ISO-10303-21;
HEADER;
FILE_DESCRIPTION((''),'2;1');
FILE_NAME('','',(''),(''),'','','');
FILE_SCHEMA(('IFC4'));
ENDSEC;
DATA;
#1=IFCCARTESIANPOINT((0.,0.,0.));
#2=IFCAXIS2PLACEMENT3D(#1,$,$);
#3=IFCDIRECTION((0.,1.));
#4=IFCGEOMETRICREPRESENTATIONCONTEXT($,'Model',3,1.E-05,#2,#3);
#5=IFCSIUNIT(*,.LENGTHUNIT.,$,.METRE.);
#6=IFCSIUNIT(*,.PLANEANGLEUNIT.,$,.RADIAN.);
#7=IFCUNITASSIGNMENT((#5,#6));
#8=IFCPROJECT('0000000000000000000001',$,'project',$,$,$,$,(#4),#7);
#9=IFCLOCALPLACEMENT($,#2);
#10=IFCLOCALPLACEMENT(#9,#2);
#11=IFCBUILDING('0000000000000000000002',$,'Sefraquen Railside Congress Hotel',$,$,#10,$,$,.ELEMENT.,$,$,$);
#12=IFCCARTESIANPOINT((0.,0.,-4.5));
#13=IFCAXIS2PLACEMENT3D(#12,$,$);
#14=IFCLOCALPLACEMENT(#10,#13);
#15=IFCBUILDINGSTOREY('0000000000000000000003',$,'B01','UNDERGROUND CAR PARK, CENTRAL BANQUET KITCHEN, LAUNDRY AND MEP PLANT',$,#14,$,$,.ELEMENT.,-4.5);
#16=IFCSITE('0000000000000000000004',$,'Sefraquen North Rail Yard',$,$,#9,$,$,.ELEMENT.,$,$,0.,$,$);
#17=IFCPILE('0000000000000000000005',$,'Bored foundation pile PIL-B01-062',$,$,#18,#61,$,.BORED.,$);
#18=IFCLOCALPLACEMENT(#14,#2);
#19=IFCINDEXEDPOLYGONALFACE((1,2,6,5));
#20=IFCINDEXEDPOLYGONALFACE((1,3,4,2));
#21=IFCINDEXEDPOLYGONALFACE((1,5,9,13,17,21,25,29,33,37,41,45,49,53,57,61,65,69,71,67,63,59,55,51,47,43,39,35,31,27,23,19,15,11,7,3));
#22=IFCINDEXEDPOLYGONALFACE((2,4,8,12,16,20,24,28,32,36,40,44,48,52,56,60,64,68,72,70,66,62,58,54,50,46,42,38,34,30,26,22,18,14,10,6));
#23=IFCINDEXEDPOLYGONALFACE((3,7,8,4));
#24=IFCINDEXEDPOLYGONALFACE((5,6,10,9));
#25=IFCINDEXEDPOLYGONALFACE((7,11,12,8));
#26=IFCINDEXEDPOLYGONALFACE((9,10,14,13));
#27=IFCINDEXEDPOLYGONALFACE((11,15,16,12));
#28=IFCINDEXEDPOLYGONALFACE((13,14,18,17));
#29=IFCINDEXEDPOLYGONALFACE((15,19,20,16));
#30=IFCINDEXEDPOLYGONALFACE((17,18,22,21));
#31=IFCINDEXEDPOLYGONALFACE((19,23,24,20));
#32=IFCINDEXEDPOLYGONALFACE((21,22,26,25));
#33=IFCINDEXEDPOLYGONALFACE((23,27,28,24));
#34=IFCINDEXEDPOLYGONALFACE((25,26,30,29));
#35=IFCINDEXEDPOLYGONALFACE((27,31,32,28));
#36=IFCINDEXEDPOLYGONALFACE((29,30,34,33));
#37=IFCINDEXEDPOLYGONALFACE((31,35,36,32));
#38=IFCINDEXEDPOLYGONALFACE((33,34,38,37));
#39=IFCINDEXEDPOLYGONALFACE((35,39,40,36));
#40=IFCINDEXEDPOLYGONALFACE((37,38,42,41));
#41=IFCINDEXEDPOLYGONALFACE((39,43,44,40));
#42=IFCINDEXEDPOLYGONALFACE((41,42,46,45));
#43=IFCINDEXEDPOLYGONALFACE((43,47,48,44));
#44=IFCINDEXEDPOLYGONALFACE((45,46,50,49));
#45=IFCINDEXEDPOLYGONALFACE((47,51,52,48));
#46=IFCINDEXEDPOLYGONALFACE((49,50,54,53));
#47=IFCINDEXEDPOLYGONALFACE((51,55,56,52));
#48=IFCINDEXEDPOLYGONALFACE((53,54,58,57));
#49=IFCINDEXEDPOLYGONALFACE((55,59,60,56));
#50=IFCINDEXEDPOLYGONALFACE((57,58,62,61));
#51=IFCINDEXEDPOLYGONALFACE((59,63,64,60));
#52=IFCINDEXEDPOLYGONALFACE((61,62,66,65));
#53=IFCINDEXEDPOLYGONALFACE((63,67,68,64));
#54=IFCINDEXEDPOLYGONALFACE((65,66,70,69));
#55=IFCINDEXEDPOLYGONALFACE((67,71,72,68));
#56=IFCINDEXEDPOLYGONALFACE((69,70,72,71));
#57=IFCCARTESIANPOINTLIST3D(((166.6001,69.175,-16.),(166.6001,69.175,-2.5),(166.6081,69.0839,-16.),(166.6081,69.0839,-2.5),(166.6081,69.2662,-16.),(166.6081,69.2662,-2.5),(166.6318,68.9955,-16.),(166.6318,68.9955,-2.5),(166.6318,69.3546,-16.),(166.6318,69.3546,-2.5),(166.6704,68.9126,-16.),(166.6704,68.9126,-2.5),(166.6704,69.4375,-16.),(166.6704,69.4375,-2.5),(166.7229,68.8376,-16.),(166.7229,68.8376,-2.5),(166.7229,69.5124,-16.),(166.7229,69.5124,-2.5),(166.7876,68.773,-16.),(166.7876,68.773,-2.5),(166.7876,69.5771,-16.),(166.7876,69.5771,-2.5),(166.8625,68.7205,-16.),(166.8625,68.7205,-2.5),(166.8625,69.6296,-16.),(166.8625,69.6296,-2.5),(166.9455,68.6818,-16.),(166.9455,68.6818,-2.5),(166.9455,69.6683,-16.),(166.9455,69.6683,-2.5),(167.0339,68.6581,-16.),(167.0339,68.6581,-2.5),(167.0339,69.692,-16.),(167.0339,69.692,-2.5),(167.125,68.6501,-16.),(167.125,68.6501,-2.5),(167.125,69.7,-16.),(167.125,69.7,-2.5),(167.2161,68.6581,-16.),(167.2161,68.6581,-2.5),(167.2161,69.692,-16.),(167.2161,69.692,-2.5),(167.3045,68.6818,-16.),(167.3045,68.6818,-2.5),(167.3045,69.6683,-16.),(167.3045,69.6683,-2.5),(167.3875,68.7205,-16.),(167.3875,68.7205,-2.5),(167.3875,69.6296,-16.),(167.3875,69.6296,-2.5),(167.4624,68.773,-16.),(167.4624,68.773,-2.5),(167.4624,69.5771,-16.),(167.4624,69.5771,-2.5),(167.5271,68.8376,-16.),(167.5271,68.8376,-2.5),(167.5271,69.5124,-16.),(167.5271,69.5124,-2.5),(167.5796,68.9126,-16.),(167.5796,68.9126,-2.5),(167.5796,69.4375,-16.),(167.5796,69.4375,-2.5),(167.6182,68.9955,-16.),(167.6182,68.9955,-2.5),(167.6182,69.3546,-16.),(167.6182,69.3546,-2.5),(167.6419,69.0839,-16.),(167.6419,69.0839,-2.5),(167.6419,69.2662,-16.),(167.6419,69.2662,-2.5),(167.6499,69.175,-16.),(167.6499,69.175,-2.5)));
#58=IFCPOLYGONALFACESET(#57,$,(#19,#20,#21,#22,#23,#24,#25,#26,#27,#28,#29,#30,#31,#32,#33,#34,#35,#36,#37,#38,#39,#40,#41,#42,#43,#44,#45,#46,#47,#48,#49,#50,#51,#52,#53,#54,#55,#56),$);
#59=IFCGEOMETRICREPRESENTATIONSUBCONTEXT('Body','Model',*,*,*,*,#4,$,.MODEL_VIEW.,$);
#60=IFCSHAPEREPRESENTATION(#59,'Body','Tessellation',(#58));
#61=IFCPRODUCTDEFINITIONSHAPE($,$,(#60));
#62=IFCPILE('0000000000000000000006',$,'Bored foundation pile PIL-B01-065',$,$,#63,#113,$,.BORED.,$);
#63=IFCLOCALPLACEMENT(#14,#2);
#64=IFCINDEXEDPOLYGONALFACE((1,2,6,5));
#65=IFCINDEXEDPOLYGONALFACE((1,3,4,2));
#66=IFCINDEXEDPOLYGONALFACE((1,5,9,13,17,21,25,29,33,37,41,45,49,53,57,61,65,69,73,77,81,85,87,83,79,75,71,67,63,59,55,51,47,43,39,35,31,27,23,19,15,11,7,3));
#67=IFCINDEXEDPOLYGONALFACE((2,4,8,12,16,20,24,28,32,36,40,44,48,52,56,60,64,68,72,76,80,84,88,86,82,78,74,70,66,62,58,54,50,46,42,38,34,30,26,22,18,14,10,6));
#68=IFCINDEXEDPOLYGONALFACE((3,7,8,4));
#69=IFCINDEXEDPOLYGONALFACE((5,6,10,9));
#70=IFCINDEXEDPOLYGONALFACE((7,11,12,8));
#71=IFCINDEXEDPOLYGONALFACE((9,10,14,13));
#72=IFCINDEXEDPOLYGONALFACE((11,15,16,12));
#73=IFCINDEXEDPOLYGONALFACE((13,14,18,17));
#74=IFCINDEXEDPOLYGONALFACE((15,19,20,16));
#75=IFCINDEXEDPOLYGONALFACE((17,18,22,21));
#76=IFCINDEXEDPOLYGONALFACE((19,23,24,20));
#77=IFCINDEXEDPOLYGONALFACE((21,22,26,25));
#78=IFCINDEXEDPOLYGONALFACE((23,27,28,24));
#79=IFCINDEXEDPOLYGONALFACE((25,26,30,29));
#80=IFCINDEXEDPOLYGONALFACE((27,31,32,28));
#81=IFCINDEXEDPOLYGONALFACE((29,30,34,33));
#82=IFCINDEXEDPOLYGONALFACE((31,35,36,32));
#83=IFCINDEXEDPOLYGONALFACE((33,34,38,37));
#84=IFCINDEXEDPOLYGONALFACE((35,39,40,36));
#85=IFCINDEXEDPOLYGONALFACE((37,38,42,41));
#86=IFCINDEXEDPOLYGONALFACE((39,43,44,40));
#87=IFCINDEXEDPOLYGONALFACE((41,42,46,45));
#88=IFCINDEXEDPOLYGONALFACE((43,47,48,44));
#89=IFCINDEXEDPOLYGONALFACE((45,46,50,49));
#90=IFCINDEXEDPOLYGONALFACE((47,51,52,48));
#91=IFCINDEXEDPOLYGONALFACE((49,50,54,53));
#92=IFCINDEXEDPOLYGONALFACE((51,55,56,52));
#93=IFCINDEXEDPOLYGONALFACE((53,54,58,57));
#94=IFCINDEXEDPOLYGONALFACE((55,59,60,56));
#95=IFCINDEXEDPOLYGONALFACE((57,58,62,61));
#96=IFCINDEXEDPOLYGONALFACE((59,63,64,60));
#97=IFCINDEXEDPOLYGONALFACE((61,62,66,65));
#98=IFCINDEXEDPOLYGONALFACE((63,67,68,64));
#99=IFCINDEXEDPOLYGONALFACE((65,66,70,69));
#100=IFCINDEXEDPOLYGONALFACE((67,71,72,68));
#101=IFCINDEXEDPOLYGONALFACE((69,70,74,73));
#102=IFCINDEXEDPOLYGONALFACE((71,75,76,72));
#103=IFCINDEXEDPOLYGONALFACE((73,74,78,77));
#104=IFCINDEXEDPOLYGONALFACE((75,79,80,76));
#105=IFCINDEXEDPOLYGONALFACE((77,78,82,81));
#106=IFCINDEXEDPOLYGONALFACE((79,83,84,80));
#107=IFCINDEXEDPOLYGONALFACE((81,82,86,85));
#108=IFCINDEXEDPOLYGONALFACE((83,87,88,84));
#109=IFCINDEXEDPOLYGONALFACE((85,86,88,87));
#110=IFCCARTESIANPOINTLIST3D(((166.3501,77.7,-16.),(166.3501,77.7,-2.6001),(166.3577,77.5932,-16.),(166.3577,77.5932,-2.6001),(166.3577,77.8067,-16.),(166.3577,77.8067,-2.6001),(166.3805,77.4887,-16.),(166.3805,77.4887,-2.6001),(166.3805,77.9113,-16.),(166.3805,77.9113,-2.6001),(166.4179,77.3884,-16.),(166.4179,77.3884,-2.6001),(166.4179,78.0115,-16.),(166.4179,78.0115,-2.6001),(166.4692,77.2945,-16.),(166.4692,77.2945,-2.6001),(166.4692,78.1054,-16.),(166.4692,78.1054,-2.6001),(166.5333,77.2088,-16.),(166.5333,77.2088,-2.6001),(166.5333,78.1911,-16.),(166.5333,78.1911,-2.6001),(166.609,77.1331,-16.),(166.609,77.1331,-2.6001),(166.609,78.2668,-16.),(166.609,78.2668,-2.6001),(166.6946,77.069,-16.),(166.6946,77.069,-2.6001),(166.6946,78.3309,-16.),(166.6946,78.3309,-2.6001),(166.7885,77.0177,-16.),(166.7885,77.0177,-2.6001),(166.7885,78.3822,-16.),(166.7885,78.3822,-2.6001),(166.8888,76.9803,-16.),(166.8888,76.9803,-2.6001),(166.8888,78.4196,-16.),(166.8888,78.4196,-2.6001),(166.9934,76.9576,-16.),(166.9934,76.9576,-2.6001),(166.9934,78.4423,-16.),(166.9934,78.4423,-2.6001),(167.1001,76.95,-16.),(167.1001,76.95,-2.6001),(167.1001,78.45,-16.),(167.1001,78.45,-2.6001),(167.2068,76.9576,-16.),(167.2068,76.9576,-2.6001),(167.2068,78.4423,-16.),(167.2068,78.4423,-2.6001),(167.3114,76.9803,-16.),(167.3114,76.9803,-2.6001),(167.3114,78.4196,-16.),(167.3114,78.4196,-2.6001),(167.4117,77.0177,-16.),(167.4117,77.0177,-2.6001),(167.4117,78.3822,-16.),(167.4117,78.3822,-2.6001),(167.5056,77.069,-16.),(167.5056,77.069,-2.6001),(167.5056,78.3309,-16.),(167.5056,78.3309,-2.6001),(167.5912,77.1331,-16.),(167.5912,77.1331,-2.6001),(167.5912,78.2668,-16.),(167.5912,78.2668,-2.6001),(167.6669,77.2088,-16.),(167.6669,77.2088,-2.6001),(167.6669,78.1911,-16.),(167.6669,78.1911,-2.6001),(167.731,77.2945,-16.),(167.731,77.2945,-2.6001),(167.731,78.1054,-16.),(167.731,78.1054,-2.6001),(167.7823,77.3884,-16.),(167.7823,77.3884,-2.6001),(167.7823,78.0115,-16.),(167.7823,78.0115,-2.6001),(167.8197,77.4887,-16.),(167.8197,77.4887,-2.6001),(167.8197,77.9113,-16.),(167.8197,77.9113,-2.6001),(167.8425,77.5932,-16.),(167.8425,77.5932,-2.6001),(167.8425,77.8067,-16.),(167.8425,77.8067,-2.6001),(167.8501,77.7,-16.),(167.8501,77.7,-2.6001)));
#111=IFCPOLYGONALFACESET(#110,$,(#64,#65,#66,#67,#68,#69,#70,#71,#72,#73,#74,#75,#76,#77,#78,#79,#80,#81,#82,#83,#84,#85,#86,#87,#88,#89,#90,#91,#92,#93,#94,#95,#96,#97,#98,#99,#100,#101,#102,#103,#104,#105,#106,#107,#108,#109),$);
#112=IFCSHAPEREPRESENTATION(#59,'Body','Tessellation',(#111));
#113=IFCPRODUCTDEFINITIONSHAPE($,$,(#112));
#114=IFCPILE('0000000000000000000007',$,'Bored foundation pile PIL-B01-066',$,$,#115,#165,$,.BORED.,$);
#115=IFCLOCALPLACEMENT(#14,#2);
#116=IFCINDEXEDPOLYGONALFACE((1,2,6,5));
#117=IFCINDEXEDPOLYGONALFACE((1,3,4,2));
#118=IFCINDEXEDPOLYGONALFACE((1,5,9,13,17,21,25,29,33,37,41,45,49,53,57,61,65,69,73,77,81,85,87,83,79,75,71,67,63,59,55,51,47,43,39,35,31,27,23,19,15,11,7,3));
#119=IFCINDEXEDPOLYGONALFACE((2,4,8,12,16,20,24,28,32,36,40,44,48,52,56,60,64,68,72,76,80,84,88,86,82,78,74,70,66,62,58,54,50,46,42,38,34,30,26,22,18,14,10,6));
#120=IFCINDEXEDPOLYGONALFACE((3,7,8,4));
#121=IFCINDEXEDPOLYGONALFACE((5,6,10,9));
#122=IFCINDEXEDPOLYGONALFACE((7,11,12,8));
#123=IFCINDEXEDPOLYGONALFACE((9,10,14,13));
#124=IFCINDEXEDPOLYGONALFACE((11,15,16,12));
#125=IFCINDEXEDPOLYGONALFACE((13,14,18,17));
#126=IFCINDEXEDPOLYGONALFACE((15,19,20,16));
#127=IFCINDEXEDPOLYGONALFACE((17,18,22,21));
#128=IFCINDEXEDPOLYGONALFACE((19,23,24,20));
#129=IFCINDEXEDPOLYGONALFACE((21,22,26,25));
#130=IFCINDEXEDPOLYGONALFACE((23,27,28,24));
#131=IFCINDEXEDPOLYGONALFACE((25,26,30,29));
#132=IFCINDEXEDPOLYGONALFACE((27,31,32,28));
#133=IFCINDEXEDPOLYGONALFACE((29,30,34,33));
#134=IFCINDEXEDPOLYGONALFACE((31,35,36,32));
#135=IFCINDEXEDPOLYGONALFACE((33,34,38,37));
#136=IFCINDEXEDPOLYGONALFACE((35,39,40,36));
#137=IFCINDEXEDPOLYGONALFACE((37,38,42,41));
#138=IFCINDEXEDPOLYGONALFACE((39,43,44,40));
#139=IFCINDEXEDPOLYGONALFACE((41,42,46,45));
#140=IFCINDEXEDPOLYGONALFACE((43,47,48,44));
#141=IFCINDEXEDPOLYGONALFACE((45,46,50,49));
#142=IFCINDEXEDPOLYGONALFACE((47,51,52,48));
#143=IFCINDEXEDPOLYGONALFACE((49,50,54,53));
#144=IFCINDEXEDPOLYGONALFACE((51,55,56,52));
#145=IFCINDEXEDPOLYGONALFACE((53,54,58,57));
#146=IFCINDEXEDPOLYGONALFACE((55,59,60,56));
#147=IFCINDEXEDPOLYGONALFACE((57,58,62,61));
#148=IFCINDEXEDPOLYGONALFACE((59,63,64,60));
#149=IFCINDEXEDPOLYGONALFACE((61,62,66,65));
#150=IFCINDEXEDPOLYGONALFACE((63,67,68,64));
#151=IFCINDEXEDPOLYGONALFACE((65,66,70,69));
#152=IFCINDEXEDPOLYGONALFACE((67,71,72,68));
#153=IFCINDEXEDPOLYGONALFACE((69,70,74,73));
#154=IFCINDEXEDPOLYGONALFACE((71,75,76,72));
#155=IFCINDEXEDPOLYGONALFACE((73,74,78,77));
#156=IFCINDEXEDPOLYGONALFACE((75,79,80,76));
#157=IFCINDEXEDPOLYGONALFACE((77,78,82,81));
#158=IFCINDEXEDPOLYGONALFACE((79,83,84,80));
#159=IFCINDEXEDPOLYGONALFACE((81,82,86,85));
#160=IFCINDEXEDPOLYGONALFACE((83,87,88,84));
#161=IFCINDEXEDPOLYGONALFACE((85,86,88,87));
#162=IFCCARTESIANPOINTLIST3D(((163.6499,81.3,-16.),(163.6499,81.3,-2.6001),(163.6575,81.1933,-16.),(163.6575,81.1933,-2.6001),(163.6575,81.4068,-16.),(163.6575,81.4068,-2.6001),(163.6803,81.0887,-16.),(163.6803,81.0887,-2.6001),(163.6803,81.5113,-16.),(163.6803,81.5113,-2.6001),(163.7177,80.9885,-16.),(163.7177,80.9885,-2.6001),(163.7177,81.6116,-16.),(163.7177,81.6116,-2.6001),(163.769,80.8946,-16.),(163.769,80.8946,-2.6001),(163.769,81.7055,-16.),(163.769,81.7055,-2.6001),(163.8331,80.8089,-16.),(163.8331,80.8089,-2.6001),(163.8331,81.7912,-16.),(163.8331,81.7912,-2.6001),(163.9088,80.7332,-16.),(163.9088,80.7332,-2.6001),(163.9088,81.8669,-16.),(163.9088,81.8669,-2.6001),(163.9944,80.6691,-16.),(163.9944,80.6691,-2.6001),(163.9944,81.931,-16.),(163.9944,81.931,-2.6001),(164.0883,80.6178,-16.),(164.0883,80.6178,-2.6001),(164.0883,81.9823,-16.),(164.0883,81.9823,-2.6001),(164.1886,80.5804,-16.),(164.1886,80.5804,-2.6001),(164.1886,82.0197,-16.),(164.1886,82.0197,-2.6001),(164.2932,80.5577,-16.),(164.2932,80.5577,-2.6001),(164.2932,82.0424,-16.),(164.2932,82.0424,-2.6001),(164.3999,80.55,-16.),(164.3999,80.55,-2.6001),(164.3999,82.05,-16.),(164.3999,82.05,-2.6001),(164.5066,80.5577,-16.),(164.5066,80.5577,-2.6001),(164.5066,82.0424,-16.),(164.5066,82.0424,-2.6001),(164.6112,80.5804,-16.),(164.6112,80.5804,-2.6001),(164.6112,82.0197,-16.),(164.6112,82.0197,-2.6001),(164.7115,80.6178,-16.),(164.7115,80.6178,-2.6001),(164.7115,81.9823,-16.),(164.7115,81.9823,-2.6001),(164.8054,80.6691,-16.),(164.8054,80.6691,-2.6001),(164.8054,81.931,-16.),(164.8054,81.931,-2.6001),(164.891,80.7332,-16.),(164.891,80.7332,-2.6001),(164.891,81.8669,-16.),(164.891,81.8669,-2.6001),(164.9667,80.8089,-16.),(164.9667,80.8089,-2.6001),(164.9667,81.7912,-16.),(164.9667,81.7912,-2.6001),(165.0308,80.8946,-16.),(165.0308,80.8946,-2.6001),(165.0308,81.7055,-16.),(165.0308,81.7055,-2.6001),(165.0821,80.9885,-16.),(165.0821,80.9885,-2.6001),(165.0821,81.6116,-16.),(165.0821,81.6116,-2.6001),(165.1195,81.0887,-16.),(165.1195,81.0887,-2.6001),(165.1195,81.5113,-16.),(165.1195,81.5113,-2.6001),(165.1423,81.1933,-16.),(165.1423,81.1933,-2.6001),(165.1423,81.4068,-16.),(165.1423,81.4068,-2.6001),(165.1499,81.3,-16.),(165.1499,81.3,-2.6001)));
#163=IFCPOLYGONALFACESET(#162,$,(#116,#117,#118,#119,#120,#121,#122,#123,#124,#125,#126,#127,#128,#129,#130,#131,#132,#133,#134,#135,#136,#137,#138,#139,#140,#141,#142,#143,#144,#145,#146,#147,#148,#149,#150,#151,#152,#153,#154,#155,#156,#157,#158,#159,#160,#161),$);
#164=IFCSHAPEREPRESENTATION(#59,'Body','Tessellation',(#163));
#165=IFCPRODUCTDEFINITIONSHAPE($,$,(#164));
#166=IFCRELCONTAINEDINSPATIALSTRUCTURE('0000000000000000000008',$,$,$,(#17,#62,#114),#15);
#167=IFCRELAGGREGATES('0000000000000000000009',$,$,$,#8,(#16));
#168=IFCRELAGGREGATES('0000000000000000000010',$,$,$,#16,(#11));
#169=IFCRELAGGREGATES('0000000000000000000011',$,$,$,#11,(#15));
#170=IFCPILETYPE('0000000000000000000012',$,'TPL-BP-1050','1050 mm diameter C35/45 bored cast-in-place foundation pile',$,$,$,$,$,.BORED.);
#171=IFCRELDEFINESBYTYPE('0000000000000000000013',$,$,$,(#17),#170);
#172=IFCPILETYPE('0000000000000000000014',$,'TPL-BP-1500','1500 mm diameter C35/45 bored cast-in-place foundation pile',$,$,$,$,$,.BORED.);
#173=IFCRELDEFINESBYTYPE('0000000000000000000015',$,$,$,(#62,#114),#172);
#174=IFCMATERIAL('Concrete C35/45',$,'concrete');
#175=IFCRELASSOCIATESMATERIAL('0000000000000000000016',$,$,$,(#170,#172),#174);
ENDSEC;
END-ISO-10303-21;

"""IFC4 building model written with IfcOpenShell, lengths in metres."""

from ifc_helpers import new_model, si_unit, direction, frame, origin, origin_2d, place, context, subcontext, project, spatial, circle, extrude, material, material_profile, profile_set, type_object, element, save


model = new_model("IFC4")

# Units and contexts
model_context = context("Model", 3, precision=1e-05, world=origin(), true_north=direction((0.0, 1.0)))
body_context = subcontext(model_context, "Body", "Model", "MODEL_VIEW")
ifc_project = project(units=[si_unit("LENGTHUNIT", "METRE"), si_unit("PLANEANGLEUNIT", "RADIAN")], contexts=[model_context])

# Site, building, storey
site_placement = place(None, origin())
site = spatial("IfcSite", under=ifc_project, at=site_placement, Name="Sefraquen North Rail Yard", CompositionType="ELEMENT", RefElevation=0.0)
building_placement = place(site_placement, origin())
building = spatial("IfcBuilding", under=site, at=building_placement, Name="Sefraquen Railside Congress Hotel", CompositionType="ELEMENT")
storey_placement = place(building_placement, frame((0.0, 0.0, -4.5)))
storey = spatial("IfcBuildingStorey", under=building, at=storey_placement, Name="B01", Description="UNDERGROUND CAR PARK, CENTRAL BANQUET KITCHEN, LAUNDRY AND MEP PLANT", CompositionType="ELEMENT", Elevation=-4.5)

# Piles
ifc_material_1 = material(Name="Concrete C35/45", Category="concrete")
ifc_material_profile_1 = material_profile(ifc_material_1, circle(Radius=0.5249, at=origin_2d()), Name="BORED PILE 1050")
ifc_profile_set_1 = profile_set([ifc_material_profile_1], Name="Concrete C35/45")
pile_type_1 = type_object("IfcPileType", Name="TPL-BP-1050", Description="1050 mm diameter C35/45 bored cast-in-place foundation pile", PredefinedType="BORED", material=ifc_profile_set_1)
pile_placement = place(storey_placement, frame((167.125, 69.175, -2.5), z_axis=(0.0, 0.0, -1.0), x_axis=(1.0, 0.0, 0.0)))
element("IfcPile", 1, at=pile_placement, inside=storey, type_object=pile_type_1, Name="Bored foundation pile PIL-B01-062", PredefinedType="BORED", context=body_context, shape_type="SweptSolid", body=[
    extrude(circle(Radius=0.5249, at=origin_2d()), origin(), (0.0, 0.0, 1.0), 13.5),
])
ifc_material_profile_2 = material_profile(ifc_material_1, circle(Radius=0.75, at=origin_2d()), Name="BORED PILE 1500")
ifc_profile_set_2 = profile_set([ifc_material_profile_2], Name="Concrete C35/45")
pile_type_2 = type_object("IfcPileType", Name="TPL-BP-1500", Description="1500 mm diameter C35/45 bored cast-in-place foundation pile", PredefinedType="BORED", material=ifc_profile_set_2)
for number, where, z_axis, x_axis, name in (
    (2, (167.1001, 77.7, -2.6001), (0.0, 0.0, -1.0), (1.0, 0.0, 0.0), "Bored foundation pile PIL-B01-065"),
    (3, (164.3999, 81.3, -2.6001), (0.0, 0.0, -1.0), (1.0, 0.0, 0.0), "Bored foundation pile PIL-B01-066"),
):
    element("IfcPile", number, at=place(storey_placement, frame(where, z_axis=z_axis, x_axis=x_axis)), inside=storey, type_object=pile_type_2, Name=name, PredefinedType="BORED", context=body_context, shape_type="SweptSolid", body=[
        extrude(circle(Radius=0.75, at=origin_2d()), origin(), (0.0, 0.0, 1.0), 13.3999),
    ])

save(model, "model.ifc")
